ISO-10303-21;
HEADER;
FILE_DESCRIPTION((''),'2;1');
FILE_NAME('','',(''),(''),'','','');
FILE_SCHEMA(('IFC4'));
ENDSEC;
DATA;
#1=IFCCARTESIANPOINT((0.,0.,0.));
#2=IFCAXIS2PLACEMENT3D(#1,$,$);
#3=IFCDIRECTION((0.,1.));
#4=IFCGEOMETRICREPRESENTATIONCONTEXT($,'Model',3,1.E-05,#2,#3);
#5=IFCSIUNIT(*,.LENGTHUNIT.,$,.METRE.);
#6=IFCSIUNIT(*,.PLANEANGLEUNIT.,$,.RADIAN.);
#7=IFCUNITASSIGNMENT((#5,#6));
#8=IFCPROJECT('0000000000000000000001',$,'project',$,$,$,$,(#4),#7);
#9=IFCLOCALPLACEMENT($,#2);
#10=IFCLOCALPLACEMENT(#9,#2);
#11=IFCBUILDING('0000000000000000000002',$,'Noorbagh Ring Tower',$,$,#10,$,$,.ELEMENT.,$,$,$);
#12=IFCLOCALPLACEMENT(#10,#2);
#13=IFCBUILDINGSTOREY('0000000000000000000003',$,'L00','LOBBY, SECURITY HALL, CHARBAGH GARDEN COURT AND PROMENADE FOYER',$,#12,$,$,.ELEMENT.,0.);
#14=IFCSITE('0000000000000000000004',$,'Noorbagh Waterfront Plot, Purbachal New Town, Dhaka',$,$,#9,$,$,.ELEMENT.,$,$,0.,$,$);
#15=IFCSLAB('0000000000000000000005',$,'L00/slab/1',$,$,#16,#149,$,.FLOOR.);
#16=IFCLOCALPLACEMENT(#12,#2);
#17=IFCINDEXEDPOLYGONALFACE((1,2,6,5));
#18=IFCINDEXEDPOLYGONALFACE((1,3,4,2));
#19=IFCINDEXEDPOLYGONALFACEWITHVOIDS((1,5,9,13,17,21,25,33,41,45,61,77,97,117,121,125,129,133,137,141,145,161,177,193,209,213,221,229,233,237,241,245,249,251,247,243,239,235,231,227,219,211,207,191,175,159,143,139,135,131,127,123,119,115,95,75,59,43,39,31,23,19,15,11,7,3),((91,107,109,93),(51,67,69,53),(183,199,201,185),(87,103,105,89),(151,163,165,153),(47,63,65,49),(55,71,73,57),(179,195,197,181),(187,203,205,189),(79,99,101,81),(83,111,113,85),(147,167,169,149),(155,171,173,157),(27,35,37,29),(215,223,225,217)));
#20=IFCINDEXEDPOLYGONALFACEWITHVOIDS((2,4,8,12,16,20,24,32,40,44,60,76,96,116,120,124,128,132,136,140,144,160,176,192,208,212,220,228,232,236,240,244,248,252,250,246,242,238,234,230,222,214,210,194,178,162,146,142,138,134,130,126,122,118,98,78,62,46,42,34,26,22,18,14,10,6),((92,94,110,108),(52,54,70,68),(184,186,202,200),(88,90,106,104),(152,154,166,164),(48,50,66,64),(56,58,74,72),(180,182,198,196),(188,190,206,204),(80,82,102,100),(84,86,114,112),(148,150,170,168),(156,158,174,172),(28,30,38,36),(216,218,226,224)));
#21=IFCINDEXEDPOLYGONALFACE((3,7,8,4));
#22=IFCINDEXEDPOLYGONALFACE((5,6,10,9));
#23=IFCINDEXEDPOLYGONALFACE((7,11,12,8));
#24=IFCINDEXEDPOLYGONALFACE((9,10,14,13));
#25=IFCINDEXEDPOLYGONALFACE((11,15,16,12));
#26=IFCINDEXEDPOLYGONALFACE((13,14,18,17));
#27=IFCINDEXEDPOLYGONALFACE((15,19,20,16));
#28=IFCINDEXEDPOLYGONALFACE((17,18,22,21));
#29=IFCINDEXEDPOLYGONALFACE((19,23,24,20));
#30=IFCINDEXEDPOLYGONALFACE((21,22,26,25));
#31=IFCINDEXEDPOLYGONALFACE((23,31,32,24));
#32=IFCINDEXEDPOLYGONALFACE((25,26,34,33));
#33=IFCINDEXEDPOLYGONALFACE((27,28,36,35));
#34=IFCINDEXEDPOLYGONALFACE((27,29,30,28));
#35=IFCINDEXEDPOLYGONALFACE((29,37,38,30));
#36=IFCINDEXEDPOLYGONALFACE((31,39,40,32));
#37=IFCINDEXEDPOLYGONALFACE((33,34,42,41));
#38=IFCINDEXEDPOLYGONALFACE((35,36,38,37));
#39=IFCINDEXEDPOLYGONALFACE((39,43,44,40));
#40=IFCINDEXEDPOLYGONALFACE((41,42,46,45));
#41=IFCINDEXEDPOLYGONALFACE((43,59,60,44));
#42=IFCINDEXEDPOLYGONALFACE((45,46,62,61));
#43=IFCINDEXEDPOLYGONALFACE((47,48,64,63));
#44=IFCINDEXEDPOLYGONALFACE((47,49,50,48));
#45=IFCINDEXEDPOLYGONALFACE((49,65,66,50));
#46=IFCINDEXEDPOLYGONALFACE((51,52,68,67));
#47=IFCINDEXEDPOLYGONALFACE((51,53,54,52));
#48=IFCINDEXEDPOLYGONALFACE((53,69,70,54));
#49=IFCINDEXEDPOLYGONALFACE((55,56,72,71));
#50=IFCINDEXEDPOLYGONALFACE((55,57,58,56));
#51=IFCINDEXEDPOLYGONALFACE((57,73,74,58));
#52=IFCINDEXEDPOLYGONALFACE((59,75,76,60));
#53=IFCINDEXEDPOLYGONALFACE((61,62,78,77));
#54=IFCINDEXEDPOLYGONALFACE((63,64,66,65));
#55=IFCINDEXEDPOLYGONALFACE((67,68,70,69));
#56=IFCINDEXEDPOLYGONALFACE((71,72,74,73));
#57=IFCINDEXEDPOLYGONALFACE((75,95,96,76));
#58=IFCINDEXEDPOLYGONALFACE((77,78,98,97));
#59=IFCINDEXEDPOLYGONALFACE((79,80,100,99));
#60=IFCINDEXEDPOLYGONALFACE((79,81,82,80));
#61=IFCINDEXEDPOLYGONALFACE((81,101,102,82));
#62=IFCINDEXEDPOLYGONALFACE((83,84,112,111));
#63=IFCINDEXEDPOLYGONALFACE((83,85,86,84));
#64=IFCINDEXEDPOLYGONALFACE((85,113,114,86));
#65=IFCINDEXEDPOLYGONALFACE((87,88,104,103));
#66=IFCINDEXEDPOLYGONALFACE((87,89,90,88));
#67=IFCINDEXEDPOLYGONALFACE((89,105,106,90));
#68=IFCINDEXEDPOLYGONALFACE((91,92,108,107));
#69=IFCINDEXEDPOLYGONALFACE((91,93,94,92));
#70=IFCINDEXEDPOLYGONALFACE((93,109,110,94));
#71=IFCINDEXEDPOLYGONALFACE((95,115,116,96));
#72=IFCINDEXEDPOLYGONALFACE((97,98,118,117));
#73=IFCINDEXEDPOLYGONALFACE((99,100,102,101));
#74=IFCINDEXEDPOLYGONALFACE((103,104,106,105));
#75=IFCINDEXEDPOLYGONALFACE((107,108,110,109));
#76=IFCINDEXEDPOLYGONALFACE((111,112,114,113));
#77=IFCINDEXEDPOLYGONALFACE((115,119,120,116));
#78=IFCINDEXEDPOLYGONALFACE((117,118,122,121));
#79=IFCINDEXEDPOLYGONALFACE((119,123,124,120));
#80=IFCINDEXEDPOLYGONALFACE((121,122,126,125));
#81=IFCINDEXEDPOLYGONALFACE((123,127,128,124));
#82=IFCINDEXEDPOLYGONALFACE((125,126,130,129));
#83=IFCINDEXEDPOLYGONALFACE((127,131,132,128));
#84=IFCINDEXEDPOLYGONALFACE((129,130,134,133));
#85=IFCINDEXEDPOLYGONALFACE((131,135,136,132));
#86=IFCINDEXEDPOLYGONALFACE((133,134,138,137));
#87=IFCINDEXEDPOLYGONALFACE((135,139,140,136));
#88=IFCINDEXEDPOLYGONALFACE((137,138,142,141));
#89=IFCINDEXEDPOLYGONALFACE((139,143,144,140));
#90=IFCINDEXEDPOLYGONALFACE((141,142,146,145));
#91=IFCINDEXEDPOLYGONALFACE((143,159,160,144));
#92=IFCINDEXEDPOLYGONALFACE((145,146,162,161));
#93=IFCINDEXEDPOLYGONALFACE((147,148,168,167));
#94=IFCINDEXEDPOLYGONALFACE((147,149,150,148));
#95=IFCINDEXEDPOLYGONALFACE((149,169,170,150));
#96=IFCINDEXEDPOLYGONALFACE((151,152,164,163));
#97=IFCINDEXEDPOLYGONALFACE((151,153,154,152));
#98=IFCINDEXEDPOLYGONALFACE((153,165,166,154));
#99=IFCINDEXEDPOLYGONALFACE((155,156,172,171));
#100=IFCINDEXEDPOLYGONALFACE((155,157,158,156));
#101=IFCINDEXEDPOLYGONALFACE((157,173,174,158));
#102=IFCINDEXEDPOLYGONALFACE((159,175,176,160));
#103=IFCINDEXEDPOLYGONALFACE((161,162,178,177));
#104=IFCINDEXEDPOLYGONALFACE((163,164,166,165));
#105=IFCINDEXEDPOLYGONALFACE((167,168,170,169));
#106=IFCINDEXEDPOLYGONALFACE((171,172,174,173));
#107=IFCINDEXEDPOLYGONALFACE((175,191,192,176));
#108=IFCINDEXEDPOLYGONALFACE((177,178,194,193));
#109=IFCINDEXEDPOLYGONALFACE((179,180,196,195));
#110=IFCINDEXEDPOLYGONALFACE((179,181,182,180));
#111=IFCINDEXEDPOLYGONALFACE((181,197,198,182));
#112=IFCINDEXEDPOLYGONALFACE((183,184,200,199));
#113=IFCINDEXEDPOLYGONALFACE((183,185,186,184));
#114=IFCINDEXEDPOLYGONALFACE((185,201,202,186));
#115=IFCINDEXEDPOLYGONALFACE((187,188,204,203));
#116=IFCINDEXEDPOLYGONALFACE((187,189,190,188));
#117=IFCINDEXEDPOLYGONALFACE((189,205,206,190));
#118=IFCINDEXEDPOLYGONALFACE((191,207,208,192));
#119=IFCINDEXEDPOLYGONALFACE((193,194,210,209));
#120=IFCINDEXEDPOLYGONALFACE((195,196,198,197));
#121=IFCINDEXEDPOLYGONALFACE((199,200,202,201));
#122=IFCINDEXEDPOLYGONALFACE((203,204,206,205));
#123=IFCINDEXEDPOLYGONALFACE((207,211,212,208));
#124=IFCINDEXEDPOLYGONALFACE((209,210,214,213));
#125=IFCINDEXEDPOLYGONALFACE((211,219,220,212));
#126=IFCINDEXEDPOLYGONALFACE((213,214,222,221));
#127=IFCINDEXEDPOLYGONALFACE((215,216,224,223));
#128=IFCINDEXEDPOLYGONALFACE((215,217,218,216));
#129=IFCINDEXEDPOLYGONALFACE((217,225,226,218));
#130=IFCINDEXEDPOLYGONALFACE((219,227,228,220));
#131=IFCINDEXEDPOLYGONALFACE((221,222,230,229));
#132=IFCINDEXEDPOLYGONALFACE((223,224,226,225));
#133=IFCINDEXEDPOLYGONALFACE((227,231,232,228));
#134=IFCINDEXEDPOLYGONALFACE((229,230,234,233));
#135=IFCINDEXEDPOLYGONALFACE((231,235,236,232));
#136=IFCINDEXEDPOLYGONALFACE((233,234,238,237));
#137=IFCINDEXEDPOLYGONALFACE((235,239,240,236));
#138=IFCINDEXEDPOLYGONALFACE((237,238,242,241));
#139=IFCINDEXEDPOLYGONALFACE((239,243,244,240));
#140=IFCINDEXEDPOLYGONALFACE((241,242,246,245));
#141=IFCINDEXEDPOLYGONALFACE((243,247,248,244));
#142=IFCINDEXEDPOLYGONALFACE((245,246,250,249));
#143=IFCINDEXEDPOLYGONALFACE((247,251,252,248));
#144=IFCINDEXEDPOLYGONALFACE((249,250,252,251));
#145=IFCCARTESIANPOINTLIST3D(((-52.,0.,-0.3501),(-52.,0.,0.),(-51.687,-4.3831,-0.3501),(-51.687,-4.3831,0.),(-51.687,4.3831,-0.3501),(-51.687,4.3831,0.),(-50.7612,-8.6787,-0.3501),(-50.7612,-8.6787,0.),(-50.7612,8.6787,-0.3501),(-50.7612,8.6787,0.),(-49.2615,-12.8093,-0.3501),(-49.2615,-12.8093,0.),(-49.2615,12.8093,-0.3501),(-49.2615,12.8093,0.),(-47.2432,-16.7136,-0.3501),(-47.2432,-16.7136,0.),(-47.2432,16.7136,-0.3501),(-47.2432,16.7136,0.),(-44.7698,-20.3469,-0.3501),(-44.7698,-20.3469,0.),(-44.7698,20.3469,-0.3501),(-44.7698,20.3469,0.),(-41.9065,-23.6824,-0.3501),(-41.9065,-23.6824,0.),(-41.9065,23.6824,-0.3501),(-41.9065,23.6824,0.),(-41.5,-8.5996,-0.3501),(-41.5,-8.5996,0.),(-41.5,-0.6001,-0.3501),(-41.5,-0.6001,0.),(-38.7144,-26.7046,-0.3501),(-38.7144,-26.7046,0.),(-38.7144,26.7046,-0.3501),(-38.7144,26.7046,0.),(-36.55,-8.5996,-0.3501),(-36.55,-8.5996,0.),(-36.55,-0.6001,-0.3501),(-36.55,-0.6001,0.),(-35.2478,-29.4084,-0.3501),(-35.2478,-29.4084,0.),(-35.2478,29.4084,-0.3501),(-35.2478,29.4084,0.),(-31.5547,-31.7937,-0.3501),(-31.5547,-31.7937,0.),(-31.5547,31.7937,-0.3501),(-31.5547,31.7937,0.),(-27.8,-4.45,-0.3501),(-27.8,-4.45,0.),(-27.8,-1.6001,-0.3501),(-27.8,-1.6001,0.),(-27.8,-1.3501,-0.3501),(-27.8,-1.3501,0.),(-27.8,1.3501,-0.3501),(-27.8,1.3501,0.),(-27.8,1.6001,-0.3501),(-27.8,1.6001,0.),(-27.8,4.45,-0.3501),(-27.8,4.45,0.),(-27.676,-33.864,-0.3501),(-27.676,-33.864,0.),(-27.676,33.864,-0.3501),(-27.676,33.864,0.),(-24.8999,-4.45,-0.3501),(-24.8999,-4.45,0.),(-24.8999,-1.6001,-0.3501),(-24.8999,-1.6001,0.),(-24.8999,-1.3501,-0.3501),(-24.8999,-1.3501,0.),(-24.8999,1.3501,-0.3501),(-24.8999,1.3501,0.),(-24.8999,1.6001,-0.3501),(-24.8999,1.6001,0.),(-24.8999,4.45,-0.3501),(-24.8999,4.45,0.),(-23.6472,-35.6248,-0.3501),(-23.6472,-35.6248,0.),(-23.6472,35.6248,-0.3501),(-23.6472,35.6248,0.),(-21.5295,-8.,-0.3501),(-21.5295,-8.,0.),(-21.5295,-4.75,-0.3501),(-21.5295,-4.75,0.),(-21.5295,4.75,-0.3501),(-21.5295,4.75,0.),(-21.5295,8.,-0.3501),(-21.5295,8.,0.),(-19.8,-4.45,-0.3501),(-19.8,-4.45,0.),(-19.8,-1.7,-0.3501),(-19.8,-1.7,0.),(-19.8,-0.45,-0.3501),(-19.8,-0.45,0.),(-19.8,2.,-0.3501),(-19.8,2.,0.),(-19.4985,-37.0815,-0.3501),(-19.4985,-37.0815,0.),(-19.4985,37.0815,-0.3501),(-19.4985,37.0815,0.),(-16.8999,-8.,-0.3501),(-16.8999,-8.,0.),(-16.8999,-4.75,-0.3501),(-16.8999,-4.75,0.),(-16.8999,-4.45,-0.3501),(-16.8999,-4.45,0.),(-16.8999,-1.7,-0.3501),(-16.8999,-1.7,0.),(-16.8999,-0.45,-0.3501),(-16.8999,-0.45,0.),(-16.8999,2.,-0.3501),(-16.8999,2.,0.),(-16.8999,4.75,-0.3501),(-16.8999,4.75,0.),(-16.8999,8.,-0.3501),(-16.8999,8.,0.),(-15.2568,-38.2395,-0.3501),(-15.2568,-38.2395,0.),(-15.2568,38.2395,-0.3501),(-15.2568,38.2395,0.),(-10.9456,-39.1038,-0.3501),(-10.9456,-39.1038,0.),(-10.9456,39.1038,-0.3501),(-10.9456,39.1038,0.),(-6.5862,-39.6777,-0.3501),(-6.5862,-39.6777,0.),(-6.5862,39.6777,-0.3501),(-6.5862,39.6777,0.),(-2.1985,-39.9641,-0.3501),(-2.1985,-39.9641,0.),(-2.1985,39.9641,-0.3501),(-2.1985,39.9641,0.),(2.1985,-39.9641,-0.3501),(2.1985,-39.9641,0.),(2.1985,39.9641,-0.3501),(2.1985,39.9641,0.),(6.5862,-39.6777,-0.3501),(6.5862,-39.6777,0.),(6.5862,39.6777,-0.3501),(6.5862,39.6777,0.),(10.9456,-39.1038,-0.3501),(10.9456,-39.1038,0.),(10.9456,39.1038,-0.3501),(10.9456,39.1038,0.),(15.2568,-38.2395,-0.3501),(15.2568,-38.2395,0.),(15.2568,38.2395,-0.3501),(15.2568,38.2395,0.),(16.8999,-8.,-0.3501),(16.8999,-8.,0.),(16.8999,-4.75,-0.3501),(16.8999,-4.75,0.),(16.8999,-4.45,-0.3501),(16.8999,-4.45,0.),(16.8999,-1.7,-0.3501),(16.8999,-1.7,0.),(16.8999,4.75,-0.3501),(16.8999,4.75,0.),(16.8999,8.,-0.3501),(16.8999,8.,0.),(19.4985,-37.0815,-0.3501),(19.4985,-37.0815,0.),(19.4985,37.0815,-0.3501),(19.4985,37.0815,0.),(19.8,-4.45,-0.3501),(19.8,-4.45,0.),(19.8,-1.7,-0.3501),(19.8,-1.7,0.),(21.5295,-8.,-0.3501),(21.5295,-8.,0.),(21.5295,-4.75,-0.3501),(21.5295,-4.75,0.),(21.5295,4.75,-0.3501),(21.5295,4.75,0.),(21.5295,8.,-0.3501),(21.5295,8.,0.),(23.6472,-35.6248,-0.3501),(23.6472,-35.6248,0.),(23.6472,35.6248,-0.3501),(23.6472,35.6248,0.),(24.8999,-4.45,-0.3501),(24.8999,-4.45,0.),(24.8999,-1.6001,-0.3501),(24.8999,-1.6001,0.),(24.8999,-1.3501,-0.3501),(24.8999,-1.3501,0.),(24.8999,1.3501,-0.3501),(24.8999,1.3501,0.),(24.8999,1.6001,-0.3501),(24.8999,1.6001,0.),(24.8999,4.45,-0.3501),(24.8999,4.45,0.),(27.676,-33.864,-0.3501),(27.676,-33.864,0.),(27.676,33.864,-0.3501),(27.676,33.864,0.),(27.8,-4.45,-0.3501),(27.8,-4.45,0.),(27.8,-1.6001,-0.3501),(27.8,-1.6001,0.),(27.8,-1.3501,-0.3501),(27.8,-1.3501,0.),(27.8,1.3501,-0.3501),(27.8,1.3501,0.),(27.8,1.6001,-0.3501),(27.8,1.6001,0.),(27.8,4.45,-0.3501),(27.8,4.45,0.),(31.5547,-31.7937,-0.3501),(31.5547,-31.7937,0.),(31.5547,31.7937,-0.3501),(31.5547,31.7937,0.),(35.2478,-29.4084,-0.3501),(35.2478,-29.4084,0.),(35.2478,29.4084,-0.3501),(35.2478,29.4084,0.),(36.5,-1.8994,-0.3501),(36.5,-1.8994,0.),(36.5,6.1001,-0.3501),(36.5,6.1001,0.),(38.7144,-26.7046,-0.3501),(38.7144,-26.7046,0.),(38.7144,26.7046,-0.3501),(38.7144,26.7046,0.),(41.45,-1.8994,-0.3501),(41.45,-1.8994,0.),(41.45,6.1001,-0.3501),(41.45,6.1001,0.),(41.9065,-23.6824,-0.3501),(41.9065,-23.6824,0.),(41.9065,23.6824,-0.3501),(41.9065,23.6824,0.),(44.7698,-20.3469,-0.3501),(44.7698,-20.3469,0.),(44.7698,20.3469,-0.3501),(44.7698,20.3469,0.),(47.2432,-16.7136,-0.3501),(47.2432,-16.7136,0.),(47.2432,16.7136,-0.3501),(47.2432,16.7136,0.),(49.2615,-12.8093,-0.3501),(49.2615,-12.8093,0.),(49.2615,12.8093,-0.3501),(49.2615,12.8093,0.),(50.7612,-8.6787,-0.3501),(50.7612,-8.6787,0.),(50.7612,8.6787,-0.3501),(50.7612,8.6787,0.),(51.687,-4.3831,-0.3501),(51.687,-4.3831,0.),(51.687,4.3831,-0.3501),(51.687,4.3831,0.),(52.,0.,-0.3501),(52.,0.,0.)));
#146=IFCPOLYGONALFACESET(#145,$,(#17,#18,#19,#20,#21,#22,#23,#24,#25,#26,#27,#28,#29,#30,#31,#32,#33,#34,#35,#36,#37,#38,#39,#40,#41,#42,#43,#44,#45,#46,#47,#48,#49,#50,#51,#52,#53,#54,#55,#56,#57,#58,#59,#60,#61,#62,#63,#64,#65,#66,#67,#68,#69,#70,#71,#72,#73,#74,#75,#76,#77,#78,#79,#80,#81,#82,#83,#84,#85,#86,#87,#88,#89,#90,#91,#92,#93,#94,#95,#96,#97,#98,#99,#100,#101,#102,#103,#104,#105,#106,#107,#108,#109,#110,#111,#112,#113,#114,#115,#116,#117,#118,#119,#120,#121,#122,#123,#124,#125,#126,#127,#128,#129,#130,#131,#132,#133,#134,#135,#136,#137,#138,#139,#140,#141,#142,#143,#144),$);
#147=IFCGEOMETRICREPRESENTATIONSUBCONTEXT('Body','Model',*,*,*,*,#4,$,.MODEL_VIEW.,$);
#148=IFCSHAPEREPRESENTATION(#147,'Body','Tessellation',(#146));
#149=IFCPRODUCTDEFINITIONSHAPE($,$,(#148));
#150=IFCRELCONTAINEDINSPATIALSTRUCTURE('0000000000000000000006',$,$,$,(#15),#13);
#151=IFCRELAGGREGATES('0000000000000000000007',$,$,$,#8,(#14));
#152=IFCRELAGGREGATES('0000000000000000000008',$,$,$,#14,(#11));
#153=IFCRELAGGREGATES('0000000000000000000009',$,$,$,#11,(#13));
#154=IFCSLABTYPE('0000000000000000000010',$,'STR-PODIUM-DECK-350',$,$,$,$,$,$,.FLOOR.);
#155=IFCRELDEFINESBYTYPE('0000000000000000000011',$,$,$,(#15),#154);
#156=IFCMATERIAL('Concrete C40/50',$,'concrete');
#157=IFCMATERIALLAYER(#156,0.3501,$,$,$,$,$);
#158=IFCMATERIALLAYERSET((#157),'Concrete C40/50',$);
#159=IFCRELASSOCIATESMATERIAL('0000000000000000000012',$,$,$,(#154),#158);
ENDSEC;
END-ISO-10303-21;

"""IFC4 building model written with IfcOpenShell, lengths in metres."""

from ifc_helpers import new_model, si_unit, direction, frame, origin, place, context, subcontext, project, spatial, polyline, outline, extrude, material, layer, layer_set, type_object, element, save


model = new_model("IFC4")

# Units and contexts
model_context = context("Model", 3, precision=1e-05, world=origin(), true_north=direction((0.0, 1.0)))
body_context = subcontext(model_context, "Body", "Model", "MODEL_VIEW")
ifc_project = project(units=[si_unit("LENGTHUNIT", "METRE"), si_unit("PLANEANGLEUNIT", "RADIAN")], contexts=[model_context])

# Site, building, storey
site_placement = place(None, origin())
site = spatial("IfcSite", under=ifc_project, at=site_placement, Name="Noorbagh Waterfront Plot, Purbachal New Town, Dhaka", CompositionType="ELEMENT", RefElevation=0.0)
building_placement = place(site_placement, origin())
building = spatial("IfcBuilding", under=site, at=building_placement, Name="Noorbagh Ring Tower", CompositionType="ELEMENT")
storey_placement = place(building_placement, origin())
storey = spatial("IfcBuildingStorey", under=building, at=storey_placement, Name="L00", Description="LOBBY, SECURITY HALL, CHARBAGH GARDEN COURT AND PROMENADE FOYER", CompositionType="ELEMENT", Elevation=0.0)

# Slab
ifc_material_1 = material(Name="Concrete C40/50", Category="concrete")
ifc_layer_1 = layer(ifc_material_1, 0.3501)
ifc_layer_set_1 = layer_set([ifc_layer_1], Name="Concrete C40/50")
slab_type_1 = type_object("IfcSlabType", Name="STR-PODIUM-DECK-350", PredefinedType="FLOOR", material=ifc_layer_set_1)
slab_1_placement = place(storey_placement, frame((0.0, 0.0, -0.3501)))
element("IfcSlab", 1, at=slab_1_placement, inside=storey, type_object=slab_type_1, Name="L00/slab/1", PredefinedType="FLOOR", context=body_context, shape_type="SweptSolid", body=[
    extrude(outline(polyline([(52.0, 0.0), (51.687, 4.3831), (50.7612, 8.6787), (49.2615, 12.8093), (47.2432, 16.7136), (44.7698, 20.3469), (41.9065, 23.6824), (38.7144, 26.7046), (35.2478, 29.4084), (31.5547, 31.7937), (27.676, 33.864), (23.6472, 35.6248), (19.4985, 37.0815), (15.2568, 38.2395), (10.9456, 39.1038), (6.5862, 39.6777), (2.1985, 39.9641), (-2.1985, 39.9641), (-6.5862, 39.6777), (-10.9456, 39.1038), (-15.2568, 38.2395), (-19.4985, 37.0815), (-23.6472, 35.6248), (-27.676, 33.864), (-31.5547, 31.7937), (-35.2478, 29.4084), (-38.7144, 26.7046), (-41.9065, 23.6824), (-44.7698, 20.3469), (-47.2432, 16.7136), (-49.2615, 12.8093), (-50.7612, 8.6787), (-51.687, 4.3831), (-52.0, 0.0), (-51.687, -4.3831), (-50.7612, -8.6787), (-49.2615, -12.8093), (-47.2432, -16.7136), (-44.7698, -20.3469), (-41.9065, -23.6824), (-38.7144, -26.7046), (-35.2478, -29.4084), (-31.5547, -31.7937), (-27.676, -33.864), (-23.6472, -35.6248), (-19.4985, -37.0815), (-15.2568, -38.2395), (-10.9456, -39.1038), (-6.5862, -39.6777), (-2.1985, -39.9641), (2.1985, -39.9641), (6.5862, -39.6777), (10.9456, -39.1038), (15.2568, -38.2395), (19.4985, -37.0815), (23.6472, -35.6248), (27.676, -33.864), (31.5547, -31.7937), (35.2478, -29.4084), (38.7144, -26.7046), (41.9065, -23.6824), (44.7698, -20.3469), (47.2432, -16.7136), (49.2615, -12.8093), (50.7612, -8.6787), (51.687, -4.3831), (52.0, 0.0)]), holes=[polyline([(36.5, -1.8994), (36.5, 6.1001), (41.45, 6.1001), (41.45, -1.8994), (36.5, -1.8994)]), polyline([(24.8999, -1.6001), (27.8, -1.6001), (27.8, -4.45), (24.8999, -4.45), (24.8999, -1.6001)]), polyline([(24.8999, 1.3501), (27.8, 1.3501), (27.8, -1.3501), (24.8999, -1.3501), (24.8999, 1.3501)]), polyline([(24.8999, 4.45), (27.8, 4.45), (27.8, 1.6001), (24.8999, 1.6001), (24.8999, 4.45)]), polyline([(21.5295, -8.0), (16.8999, -8.0), (16.8999, -4.75), (21.5295, -4.75), (21.5295, -8.0)]), polyline([(21.5295, 4.75), (16.8999, 4.75), (16.8999, 8.0), (21.5295, 8.0), (21.5295, 4.75)]), polyline([(16.8999, -1.7), (19.8, -1.7), (19.8, -4.45), (16.8999, -4.45), (16.8999, -1.7)]), polyline([(-21.5295, -8.0), (-21.5295, -4.75), (-16.8999, -4.75), (-16.8999, -8.0), (-21.5295, -8.0)]), polyline([(-21.5295, 8.0), (-16.8999, 8.0), (-16.8999, 4.75), (-21.5295, 4.75), (-21.5295, 8.0)]), polyline([(-16.8999, -4.45), (-19.8, -4.45), (-19.8, -1.7), (-16.8999, -1.7), (-16.8999, -4.45)]), polyline([(-16.8999, -0.45), (-19.8, -0.45), (-19.8, 2.0), (-16.8999, 2.0), (-16.8999, -0.45)]), polyline([(-24.8999, -4.45), (-27.8, -4.45), (-27.8, -1.6001), (-24.8999, -1.6001), (-24.8999, -4.45)]), polyline([(-24.8999, -1.3501), (-27.8, -1.3501), (-27.8, 1.3501), (-24.8999, 1.3501), (-24.8999, -1.3501)]), polyline([(-24.8999, 1.6001), (-27.8, 1.6001), (-27.8, 4.45), (-24.8999, 4.45), (-24.8999, 1.6001)]), polyline([(-41.5, -8.5996), (-41.5, -0.6001), (-36.55, -0.6001), (-36.55, -8.5996), (-41.5, -8.5996)])]), origin(), (0.0, 0.0, 1.0), 0.3501),
])

save(model, "model.ifc")
